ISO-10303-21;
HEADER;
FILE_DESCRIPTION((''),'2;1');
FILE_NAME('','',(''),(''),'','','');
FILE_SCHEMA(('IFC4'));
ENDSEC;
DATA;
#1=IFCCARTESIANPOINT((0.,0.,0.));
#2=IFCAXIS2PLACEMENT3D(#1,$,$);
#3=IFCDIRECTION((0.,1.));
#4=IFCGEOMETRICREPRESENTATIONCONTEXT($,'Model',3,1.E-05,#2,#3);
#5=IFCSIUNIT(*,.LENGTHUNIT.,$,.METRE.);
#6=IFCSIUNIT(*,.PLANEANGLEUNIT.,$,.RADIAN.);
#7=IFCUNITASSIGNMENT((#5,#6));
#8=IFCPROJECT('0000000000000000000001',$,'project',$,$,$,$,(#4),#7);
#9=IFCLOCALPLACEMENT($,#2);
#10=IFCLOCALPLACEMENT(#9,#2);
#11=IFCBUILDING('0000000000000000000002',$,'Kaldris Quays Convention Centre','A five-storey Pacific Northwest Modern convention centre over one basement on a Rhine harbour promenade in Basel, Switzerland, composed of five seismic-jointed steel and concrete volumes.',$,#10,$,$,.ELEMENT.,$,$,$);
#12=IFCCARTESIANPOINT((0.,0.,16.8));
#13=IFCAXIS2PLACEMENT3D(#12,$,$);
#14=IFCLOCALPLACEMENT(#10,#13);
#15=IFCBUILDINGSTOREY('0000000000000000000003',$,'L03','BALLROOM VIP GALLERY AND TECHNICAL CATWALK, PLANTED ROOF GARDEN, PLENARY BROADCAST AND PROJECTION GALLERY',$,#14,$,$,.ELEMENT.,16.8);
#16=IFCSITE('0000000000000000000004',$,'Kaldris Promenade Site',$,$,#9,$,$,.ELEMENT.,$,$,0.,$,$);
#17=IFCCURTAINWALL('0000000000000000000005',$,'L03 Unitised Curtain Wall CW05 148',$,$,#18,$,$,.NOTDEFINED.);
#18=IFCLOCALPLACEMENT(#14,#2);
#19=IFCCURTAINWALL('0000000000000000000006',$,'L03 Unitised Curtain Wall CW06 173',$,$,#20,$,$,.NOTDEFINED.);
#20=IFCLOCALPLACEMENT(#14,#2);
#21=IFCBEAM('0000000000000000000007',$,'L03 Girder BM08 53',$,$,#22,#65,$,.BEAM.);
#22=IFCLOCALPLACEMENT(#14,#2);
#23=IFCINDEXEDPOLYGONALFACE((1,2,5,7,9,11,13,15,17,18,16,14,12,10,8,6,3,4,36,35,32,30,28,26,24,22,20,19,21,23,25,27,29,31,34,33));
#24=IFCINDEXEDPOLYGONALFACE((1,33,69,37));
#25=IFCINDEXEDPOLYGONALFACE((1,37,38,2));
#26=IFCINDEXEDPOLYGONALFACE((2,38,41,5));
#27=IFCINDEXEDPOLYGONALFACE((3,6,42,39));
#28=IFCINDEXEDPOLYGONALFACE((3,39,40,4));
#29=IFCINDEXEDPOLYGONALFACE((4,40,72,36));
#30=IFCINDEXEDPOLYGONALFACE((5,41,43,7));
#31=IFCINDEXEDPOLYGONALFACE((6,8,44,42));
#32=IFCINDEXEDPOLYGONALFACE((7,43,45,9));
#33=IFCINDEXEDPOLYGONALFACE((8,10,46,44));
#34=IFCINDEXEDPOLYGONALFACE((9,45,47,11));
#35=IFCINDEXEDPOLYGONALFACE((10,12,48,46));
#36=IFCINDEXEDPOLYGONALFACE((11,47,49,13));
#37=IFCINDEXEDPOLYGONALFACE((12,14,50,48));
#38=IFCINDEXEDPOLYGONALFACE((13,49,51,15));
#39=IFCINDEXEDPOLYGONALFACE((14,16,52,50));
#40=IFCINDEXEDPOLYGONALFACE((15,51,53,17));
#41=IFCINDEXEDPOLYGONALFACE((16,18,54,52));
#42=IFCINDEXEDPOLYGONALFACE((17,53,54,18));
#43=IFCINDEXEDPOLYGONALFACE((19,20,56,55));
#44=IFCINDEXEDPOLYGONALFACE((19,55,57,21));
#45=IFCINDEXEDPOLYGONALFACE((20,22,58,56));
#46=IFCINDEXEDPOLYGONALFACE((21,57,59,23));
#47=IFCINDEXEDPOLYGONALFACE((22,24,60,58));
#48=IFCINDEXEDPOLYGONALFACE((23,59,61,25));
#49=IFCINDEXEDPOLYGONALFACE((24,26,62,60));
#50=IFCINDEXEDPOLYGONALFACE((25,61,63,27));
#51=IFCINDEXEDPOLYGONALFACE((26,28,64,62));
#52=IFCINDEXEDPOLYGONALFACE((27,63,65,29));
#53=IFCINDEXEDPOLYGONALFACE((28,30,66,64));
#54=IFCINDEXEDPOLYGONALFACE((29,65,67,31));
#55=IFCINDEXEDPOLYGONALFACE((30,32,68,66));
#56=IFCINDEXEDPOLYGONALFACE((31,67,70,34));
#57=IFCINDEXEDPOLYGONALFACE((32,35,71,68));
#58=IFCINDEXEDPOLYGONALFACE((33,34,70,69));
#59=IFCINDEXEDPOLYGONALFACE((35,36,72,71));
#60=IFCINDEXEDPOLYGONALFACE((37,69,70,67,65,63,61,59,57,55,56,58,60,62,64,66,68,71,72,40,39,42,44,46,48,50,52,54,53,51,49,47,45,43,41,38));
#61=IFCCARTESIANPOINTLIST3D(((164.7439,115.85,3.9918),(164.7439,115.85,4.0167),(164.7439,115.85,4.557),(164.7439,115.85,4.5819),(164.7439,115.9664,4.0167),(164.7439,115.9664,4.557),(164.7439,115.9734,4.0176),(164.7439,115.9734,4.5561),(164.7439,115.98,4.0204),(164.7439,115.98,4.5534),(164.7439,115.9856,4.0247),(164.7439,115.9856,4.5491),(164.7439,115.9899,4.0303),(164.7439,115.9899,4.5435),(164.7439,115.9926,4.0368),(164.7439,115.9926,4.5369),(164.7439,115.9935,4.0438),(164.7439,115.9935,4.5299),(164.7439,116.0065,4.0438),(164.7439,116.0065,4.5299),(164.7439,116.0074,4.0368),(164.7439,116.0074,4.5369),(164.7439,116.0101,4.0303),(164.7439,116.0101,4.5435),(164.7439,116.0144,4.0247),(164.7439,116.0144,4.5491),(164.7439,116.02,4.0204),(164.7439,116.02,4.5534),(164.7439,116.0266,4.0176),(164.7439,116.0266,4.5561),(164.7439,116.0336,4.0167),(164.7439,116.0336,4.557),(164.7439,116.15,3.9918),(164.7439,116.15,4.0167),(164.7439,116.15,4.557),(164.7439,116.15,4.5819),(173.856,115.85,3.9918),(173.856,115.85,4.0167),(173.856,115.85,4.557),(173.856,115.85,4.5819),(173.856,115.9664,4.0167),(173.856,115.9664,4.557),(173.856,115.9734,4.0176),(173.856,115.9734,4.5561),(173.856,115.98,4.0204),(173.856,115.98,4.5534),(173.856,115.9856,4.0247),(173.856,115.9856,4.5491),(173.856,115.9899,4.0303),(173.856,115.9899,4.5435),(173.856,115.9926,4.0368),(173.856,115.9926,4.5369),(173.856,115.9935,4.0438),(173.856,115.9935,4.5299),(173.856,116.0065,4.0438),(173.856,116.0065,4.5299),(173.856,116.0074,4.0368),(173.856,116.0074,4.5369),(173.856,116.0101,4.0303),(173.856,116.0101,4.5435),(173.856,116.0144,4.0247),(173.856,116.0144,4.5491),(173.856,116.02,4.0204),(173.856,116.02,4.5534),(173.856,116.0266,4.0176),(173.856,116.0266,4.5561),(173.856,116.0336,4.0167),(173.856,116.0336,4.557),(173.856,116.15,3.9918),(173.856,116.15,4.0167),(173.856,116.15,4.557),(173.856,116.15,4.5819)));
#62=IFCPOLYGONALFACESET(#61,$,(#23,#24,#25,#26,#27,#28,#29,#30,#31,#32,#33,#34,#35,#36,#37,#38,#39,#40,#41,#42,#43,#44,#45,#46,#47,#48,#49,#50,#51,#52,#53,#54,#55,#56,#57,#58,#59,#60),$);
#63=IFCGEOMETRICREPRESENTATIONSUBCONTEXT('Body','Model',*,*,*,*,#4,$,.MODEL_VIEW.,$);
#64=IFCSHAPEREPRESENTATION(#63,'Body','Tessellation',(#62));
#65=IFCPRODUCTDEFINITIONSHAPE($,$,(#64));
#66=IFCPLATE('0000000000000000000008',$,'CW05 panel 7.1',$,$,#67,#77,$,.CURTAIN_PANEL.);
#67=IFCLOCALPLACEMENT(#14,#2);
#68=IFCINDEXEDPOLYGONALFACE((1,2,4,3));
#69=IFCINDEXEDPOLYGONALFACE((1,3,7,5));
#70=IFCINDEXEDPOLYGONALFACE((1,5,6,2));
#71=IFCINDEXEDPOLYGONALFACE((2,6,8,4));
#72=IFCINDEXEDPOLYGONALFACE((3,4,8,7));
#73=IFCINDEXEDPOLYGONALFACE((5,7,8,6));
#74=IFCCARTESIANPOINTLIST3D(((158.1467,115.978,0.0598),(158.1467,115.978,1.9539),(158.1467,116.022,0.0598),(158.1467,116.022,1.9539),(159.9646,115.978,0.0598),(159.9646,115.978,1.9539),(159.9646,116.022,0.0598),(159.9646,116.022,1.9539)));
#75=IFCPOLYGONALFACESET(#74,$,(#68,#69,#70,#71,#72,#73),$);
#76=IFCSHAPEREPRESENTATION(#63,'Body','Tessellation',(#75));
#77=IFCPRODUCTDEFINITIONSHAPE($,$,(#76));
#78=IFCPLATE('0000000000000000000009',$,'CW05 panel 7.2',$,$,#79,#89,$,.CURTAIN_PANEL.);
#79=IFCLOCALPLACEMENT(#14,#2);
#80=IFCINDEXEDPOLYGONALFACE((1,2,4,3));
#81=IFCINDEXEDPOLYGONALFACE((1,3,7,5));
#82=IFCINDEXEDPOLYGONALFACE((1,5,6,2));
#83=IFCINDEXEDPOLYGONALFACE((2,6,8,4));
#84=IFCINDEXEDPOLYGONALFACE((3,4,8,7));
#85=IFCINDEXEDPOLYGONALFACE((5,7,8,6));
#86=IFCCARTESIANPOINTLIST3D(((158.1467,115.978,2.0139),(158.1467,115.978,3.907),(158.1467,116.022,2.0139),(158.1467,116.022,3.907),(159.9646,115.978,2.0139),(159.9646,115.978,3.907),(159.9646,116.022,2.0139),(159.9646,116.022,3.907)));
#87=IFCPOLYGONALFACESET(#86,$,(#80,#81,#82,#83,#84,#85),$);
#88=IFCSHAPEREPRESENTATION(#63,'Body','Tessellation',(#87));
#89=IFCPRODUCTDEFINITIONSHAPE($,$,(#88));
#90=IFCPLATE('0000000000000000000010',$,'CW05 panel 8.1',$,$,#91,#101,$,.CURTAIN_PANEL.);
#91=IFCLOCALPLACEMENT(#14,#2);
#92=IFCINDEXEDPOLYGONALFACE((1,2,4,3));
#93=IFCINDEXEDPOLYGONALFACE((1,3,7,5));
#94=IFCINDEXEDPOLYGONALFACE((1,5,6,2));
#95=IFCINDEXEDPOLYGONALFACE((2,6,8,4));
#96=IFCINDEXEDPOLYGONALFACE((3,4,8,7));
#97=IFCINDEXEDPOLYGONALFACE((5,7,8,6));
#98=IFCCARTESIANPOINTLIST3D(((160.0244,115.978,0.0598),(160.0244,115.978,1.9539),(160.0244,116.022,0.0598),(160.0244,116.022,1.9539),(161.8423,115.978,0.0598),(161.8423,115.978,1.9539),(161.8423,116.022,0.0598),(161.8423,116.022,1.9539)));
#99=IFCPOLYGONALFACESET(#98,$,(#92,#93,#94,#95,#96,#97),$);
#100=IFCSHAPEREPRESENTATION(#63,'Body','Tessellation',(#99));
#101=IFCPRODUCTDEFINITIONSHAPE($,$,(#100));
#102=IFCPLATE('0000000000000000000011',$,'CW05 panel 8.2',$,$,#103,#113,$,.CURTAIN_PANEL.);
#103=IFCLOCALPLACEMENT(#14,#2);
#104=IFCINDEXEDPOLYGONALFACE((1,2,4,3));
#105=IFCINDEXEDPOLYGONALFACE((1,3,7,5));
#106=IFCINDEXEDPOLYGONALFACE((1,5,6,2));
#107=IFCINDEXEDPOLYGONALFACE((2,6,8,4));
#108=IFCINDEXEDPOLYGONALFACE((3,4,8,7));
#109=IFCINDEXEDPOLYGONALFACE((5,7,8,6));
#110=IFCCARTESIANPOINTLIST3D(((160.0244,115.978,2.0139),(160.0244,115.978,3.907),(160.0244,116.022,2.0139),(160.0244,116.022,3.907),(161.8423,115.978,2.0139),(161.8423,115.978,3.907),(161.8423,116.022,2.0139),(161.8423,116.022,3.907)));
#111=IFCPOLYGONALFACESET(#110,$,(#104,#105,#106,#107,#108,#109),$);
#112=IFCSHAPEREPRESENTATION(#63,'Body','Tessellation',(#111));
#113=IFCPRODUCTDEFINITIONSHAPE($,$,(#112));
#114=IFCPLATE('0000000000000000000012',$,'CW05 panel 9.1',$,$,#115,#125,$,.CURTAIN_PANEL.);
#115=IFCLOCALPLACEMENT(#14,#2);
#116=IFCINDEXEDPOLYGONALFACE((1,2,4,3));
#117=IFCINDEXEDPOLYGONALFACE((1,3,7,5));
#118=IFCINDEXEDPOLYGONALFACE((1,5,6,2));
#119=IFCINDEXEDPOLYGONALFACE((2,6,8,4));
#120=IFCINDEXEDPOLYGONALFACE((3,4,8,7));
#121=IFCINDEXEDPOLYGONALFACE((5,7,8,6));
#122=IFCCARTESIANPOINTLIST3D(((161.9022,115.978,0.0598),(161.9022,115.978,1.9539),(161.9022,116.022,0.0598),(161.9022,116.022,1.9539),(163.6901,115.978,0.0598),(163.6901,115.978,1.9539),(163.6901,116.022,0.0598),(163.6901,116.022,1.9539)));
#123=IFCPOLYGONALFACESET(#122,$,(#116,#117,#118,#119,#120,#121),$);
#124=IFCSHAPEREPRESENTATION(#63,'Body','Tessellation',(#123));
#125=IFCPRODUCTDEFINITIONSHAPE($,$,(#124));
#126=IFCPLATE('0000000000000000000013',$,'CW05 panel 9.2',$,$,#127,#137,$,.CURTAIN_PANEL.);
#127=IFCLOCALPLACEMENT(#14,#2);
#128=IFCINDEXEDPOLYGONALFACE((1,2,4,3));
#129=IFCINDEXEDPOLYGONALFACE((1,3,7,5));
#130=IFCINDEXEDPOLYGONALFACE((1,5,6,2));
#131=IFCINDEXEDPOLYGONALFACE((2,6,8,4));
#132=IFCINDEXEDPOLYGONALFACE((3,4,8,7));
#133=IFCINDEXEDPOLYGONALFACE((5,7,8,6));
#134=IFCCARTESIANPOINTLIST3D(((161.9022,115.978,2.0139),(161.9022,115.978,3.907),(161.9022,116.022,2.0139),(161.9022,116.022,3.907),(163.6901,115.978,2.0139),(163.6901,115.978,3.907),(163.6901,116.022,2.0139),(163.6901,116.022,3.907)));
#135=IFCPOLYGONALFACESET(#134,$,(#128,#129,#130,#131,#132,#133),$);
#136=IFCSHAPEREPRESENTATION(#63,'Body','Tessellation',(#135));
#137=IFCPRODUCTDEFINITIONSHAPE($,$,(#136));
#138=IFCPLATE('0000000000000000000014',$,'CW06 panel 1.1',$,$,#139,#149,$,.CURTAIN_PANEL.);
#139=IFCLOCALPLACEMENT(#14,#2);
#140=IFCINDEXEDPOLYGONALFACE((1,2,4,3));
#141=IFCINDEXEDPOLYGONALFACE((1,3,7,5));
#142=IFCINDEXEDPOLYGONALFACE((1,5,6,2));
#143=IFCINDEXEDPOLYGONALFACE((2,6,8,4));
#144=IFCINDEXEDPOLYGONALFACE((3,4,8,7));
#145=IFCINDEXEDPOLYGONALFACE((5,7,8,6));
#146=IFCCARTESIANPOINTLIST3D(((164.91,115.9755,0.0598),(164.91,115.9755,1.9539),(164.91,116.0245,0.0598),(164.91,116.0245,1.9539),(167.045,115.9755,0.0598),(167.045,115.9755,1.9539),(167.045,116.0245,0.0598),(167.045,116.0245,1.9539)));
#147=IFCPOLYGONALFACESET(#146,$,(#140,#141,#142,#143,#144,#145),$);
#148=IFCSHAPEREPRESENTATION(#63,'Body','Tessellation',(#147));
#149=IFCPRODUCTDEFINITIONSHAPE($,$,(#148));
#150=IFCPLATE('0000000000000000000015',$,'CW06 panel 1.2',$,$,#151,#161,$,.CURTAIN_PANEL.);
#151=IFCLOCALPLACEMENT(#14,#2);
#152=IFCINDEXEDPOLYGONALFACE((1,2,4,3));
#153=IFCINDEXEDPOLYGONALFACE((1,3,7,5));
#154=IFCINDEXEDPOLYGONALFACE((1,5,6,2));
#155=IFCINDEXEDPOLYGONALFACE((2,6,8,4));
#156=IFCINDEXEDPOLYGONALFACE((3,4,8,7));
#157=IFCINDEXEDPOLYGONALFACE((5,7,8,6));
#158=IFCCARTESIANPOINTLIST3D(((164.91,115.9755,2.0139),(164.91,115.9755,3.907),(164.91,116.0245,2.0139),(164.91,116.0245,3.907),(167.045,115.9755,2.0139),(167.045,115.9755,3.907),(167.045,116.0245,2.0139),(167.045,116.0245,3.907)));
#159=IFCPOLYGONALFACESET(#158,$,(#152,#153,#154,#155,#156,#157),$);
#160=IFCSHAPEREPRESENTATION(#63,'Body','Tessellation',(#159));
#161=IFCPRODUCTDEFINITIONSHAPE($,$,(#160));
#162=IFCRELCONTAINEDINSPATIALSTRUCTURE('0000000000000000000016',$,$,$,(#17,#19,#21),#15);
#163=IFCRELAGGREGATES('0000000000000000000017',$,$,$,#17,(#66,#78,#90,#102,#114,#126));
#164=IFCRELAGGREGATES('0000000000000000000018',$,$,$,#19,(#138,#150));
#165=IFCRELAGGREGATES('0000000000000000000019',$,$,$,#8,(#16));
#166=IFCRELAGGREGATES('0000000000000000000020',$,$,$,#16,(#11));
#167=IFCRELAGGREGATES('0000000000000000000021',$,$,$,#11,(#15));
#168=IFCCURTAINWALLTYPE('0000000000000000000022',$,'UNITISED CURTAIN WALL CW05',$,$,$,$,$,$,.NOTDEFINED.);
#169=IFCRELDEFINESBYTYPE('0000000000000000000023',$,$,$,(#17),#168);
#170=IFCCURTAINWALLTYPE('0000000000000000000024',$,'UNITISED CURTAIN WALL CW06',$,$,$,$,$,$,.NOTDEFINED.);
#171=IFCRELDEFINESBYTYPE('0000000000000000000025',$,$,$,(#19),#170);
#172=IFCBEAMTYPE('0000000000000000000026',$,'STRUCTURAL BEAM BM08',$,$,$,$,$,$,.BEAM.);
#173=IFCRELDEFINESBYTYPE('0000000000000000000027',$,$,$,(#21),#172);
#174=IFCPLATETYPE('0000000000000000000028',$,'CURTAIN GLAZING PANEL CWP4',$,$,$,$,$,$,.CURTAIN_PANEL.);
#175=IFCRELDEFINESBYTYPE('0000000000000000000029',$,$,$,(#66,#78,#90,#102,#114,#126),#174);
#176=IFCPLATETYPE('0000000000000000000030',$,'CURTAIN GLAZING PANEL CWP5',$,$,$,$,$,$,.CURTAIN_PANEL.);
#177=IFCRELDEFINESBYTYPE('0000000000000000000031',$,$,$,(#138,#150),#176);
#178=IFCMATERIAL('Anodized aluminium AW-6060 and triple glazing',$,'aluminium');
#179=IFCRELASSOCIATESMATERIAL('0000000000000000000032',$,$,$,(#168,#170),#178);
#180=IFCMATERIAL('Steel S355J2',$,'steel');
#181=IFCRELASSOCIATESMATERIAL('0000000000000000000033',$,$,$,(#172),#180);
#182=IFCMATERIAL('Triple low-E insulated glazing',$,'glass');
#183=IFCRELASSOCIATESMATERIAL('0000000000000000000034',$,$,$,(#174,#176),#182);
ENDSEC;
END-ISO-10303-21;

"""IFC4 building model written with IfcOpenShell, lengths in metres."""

from ifc_helpers import new_model, si_unit, direction, frame, origin, origin_2d, place, context, subcontext, project, spatial, rectangle, i_section, extrude, material, material_profile, profile_set, type_object, element, aggregate, save


model = new_model("IFC4")

# Units and contexts
model_context = context("Model", 3, precision=1e-05, world=origin(), true_north=direction((0.0, 1.0)))
body_context = subcontext(model_context, "Body", "Model", "MODEL_VIEW")
ifc_project = project(units=[si_unit("LENGTHUNIT", "METRE"), si_unit("PLANEANGLEUNIT", "RADIAN")], contexts=[model_context])

# Site, building, storey
site_placement = place(None, origin())
site = spatial("IfcSite", under=ifc_project, at=site_placement, Name="Kaldris Promenade Site", CompositionType="ELEMENT", RefElevation=0.0)
building_placement = place(site_placement, origin())
building = spatial("IfcBuilding", under=site, at=building_placement, Name="Kaldris Quays Convention Centre", Description="A five-storey Pacific Northwest Modern convention centre over one basement on a Rhine harbour promenade in Basel, Switzerland, composed of five seismic-jointed steel and concrete volumes.", CompositionType="ELEMENT")
storey_placement = place(building_placement, frame((0.0, 0.0, 16.8)))
storey = spatial("IfcBuildingStorey", under=building, at=storey_placement, Name="L03", Description="BALLROOM VIP GALLERY AND TECHNICAL CATWALK, PLANTED ROOF GARDEN, PLENARY BROADCAST AND PROJECTION GALLERY", CompositionType="ELEMENT", Elevation=16.8)

# Shared definitions
ifc_material_1 = material(Name="Steel S355J2", Category="steel")

# Curtain wall
ifc_material_2 = material(Name="Anodized aluminium AW-6060 and triple glazing", Category="aluminium")
curtain_wall_type_1 = type_object("IfcCurtainWallType", Name="UNITISED CURTAIN WALL CW05", PredefinedType="NOTDEFINED", material=ifc_material_2)
curtain_wall_1_placement = place(storey_placement, origin())
curtain_wall_1 = element("IfcCurtainWall", 1, at=curtain_wall_1_placement, inside=storey, type_object=curtain_wall_type_1, Name="L03 Unitised Curtain Wall CW05 148", PredefinedType="NOTDEFINED")

# Curtain wall
curtain_wall_type_2 = type_object("IfcCurtainWallType", Name="UNITISED CURTAIN WALL CW06", PredefinedType="NOTDEFINED", material=ifc_material_2)
curtain_wall_2_placement = place(storey_placement, origin())
curtain_wall_2 = element("IfcCurtainWall", 2, at=curtain_wall_2_placement, inside=storey, type_object=curtain_wall_type_2, Name="L03 Unitised Curtain Wall CW06 173", PredefinedType="NOTDEFINED")

# Beam
ifc_material_profile_1 = material_profile(ifc_material_1, i_section(OverallWidth=0.3, OverallDepth=0.5901, WebThickness=0.0129, FlangeThickness=0.0249, FilletRadius=0.0271, at=origin_2d()), Name="HEA 600")
ifc_profile_set_1 = profile_set([ifc_material_profile_1], Name="Steel S355J2")
beam_type = type_object("IfcBeamType", Name="STRUCTURAL BEAM BM08", PredefinedType="BEAM", material=ifc_profile_set_1)
beam_placement = place(storey_placement, frame((164.7439, 116.0, 4.2869), z_axis=(1.0, 0.0, 0.0), x_axis=(0.0, 1.0, 0.0)))
element("IfcBeam", 3, at=beam_placement, inside=storey, type_object=beam_type, Name="L03 Girder BM08 53", PredefinedType="BEAM", context=body_context, shape_type="SweptSolid", body=[
    extrude(i_section(OverallWidth=0.3, OverallDepth=0.5901, WebThickness=0.0129, FlangeThickness=0.0249, FilletRadius=0.0271, at=origin_2d()), origin(), (0.0, 0.0, 1.0), 9.1121),
])

# Plates
ifc_material_3 = material(Name="Triple low-E insulated glazing", Category="glass")
plate_type_1 = type_object("IfcPlateType", Name="CURTAIN GLAZING PANEL CWP4", PredefinedType="CURTAIN_PANEL", material=ifc_material_3)
plate_1_placement = place(storey_placement, frame((159.0557, 116.0, 0.0598), z_axis=(0.0, 0.0, 1.0), x_axis=(1.0, 0.0, 0.0)))
plate_1 = element("IfcPlate", 4, at=plate_1_placement, type_object=plate_type_1, Name="CW05 panel 7.1", PredefinedType="CURTAIN_PANEL", context=body_context, shape_type="SweptSolid", body=[
    extrude(rectangle(XDim=1.8179, YDim=0.0439, at=origin_2d()), origin(), (0.0, 0.0, 1.0), 1.894),
])
plate_2_placement = place(storey_placement, frame((159.0557, 116.0, 2.0139), z_axis=(0.0, 0.0, 1.0), x_axis=(1.0, 0.0, 0.0)))
plate_2 = element("IfcPlate", 5, at=plate_2_placement, type_object=plate_type_1, Name="CW05 panel 7.2", PredefinedType="CURTAIN_PANEL", context=body_context, shape_type="SweptSolid", body=[
    extrude(rectangle(XDim=1.8179, YDim=0.0439, at=origin_2d()), origin(), (0.0, 0.0, 1.0), 1.8931),
])
plate_3_placement = place(storey_placement, frame((160.9333, 116.0, 0.0598), z_axis=(0.0, 0.0, 1.0), x_axis=(1.0, 0.0, 0.0)))
plate_3 = element("IfcPlate", 6, at=plate_3_placement, type_object=plate_type_1, Name="CW05 panel 8.1", PredefinedType="CURTAIN_PANEL", context=body_context, shape_type="SweptSolid", body=[
    extrude(rectangle(XDim=1.8179, YDim=0.0439, at=origin_2d()), origin(), (0.0, 0.0, 1.0), 1.894),
])
plate_4_placement = place(storey_placement, frame((160.9333, 116.0, 2.0139), z_axis=(0.0, 0.0, 1.0), x_axis=(1.0, 0.0, 0.0)))
plate_4 = element("IfcPlate", 7, at=plate_4_placement, type_object=plate_type_1, Name="CW05 panel 8.2", PredefinedType="CURTAIN_PANEL", context=body_context, shape_type="SweptSolid", body=[
    extrude(rectangle(XDim=1.8179, YDim=0.0439, at=origin_2d()), origin(), (0.0, 0.0, 1.0), 1.8931),
])
plate_5_placement = place(storey_placement, frame((162.7961, 116.0, 0.0598), z_axis=(0.0, 0.0, 1.0), x_axis=(1.0, 0.0, 0.0)))
plate_5 = element("IfcPlate", 8, at=plate_5_placement, type_object=plate_type_1, Name="CW05 panel 9.1", PredefinedType="CURTAIN_PANEL", context=body_context, shape_type="SweptSolid", body=[
    extrude(rectangle(XDim=1.7878, YDim=0.0439, at=origin_2d()), origin(), (0.0, 0.0, 1.0), 1.894),
])
plate_6_placement = place(storey_placement, frame((162.7961, 116.0, 2.0139), z_axis=(0.0, 0.0, 1.0), x_axis=(1.0, 0.0, 0.0)))
plate_6 = element("IfcPlate", 9, at=plate_6_placement, type_object=plate_type_1, Name="CW05 panel 9.2", PredefinedType="CURTAIN_PANEL", context=body_context, shape_type="SweptSolid", body=[
    extrude(rectangle(XDim=1.7878, YDim=0.0439, at=origin_2d()), origin(), (0.0, 0.0, 1.0), 1.8931),
])
aggregate(curtain_wall_1, [plate_1, plate_2, plate_3, plate_4, plate_5, plate_6])
plate_type_2 = type_object("IfcPlateType", Name="CURTAIN GLAZING PANEL CWP5", PredefinedType="CURTAIN_PANEL", material=ifc_material_3)
plate_7_placement = place(storey_placement, frame((165.9775, 116.0, 0.0598), z_axis=(0.0, 0.0, 1.0), x_axis=(1.0, 0.0, 0.0)))
plate_7 = element("IfcPlate", 10, at=plate_7_placement, type_object=plate_type_2, Name="CW06 panel 1.1", PredefinedType="CURTAIN_PANEL", context=body_context, shape_type="SweptSolid", body=[
    extrude(rectangle(XDim=2.135, YDim=0.0491, at=origin_2d()), origin(), (0.0, 0.0, 1.0), 1.894),
])
plate_8_placement = place(storey_placement, frame((165.9775, 116.0, 2.0139), z_axis=(0.0, 0.0, 1.0), x_axis=(1.0, 0.0, 0.0)))
plate_8 = element("IfcPlate", 11, at=plate_8_placement, type_object=plate_type_2, Name="CW06 panel 1.2", PredefinedType="CURTAIN_PANEL", context=body_context, shape_type="SweptSolid", body=[
    extrude(rectangle(XDim=2.135, YDim=0.0491, at=origin_2d()), origin(), (0.0, 0.0, 1.0), 1.8931),
])
aggregate(curtain_wall_2, [plate_7, plate_8])

save(model, "model.ifc")
